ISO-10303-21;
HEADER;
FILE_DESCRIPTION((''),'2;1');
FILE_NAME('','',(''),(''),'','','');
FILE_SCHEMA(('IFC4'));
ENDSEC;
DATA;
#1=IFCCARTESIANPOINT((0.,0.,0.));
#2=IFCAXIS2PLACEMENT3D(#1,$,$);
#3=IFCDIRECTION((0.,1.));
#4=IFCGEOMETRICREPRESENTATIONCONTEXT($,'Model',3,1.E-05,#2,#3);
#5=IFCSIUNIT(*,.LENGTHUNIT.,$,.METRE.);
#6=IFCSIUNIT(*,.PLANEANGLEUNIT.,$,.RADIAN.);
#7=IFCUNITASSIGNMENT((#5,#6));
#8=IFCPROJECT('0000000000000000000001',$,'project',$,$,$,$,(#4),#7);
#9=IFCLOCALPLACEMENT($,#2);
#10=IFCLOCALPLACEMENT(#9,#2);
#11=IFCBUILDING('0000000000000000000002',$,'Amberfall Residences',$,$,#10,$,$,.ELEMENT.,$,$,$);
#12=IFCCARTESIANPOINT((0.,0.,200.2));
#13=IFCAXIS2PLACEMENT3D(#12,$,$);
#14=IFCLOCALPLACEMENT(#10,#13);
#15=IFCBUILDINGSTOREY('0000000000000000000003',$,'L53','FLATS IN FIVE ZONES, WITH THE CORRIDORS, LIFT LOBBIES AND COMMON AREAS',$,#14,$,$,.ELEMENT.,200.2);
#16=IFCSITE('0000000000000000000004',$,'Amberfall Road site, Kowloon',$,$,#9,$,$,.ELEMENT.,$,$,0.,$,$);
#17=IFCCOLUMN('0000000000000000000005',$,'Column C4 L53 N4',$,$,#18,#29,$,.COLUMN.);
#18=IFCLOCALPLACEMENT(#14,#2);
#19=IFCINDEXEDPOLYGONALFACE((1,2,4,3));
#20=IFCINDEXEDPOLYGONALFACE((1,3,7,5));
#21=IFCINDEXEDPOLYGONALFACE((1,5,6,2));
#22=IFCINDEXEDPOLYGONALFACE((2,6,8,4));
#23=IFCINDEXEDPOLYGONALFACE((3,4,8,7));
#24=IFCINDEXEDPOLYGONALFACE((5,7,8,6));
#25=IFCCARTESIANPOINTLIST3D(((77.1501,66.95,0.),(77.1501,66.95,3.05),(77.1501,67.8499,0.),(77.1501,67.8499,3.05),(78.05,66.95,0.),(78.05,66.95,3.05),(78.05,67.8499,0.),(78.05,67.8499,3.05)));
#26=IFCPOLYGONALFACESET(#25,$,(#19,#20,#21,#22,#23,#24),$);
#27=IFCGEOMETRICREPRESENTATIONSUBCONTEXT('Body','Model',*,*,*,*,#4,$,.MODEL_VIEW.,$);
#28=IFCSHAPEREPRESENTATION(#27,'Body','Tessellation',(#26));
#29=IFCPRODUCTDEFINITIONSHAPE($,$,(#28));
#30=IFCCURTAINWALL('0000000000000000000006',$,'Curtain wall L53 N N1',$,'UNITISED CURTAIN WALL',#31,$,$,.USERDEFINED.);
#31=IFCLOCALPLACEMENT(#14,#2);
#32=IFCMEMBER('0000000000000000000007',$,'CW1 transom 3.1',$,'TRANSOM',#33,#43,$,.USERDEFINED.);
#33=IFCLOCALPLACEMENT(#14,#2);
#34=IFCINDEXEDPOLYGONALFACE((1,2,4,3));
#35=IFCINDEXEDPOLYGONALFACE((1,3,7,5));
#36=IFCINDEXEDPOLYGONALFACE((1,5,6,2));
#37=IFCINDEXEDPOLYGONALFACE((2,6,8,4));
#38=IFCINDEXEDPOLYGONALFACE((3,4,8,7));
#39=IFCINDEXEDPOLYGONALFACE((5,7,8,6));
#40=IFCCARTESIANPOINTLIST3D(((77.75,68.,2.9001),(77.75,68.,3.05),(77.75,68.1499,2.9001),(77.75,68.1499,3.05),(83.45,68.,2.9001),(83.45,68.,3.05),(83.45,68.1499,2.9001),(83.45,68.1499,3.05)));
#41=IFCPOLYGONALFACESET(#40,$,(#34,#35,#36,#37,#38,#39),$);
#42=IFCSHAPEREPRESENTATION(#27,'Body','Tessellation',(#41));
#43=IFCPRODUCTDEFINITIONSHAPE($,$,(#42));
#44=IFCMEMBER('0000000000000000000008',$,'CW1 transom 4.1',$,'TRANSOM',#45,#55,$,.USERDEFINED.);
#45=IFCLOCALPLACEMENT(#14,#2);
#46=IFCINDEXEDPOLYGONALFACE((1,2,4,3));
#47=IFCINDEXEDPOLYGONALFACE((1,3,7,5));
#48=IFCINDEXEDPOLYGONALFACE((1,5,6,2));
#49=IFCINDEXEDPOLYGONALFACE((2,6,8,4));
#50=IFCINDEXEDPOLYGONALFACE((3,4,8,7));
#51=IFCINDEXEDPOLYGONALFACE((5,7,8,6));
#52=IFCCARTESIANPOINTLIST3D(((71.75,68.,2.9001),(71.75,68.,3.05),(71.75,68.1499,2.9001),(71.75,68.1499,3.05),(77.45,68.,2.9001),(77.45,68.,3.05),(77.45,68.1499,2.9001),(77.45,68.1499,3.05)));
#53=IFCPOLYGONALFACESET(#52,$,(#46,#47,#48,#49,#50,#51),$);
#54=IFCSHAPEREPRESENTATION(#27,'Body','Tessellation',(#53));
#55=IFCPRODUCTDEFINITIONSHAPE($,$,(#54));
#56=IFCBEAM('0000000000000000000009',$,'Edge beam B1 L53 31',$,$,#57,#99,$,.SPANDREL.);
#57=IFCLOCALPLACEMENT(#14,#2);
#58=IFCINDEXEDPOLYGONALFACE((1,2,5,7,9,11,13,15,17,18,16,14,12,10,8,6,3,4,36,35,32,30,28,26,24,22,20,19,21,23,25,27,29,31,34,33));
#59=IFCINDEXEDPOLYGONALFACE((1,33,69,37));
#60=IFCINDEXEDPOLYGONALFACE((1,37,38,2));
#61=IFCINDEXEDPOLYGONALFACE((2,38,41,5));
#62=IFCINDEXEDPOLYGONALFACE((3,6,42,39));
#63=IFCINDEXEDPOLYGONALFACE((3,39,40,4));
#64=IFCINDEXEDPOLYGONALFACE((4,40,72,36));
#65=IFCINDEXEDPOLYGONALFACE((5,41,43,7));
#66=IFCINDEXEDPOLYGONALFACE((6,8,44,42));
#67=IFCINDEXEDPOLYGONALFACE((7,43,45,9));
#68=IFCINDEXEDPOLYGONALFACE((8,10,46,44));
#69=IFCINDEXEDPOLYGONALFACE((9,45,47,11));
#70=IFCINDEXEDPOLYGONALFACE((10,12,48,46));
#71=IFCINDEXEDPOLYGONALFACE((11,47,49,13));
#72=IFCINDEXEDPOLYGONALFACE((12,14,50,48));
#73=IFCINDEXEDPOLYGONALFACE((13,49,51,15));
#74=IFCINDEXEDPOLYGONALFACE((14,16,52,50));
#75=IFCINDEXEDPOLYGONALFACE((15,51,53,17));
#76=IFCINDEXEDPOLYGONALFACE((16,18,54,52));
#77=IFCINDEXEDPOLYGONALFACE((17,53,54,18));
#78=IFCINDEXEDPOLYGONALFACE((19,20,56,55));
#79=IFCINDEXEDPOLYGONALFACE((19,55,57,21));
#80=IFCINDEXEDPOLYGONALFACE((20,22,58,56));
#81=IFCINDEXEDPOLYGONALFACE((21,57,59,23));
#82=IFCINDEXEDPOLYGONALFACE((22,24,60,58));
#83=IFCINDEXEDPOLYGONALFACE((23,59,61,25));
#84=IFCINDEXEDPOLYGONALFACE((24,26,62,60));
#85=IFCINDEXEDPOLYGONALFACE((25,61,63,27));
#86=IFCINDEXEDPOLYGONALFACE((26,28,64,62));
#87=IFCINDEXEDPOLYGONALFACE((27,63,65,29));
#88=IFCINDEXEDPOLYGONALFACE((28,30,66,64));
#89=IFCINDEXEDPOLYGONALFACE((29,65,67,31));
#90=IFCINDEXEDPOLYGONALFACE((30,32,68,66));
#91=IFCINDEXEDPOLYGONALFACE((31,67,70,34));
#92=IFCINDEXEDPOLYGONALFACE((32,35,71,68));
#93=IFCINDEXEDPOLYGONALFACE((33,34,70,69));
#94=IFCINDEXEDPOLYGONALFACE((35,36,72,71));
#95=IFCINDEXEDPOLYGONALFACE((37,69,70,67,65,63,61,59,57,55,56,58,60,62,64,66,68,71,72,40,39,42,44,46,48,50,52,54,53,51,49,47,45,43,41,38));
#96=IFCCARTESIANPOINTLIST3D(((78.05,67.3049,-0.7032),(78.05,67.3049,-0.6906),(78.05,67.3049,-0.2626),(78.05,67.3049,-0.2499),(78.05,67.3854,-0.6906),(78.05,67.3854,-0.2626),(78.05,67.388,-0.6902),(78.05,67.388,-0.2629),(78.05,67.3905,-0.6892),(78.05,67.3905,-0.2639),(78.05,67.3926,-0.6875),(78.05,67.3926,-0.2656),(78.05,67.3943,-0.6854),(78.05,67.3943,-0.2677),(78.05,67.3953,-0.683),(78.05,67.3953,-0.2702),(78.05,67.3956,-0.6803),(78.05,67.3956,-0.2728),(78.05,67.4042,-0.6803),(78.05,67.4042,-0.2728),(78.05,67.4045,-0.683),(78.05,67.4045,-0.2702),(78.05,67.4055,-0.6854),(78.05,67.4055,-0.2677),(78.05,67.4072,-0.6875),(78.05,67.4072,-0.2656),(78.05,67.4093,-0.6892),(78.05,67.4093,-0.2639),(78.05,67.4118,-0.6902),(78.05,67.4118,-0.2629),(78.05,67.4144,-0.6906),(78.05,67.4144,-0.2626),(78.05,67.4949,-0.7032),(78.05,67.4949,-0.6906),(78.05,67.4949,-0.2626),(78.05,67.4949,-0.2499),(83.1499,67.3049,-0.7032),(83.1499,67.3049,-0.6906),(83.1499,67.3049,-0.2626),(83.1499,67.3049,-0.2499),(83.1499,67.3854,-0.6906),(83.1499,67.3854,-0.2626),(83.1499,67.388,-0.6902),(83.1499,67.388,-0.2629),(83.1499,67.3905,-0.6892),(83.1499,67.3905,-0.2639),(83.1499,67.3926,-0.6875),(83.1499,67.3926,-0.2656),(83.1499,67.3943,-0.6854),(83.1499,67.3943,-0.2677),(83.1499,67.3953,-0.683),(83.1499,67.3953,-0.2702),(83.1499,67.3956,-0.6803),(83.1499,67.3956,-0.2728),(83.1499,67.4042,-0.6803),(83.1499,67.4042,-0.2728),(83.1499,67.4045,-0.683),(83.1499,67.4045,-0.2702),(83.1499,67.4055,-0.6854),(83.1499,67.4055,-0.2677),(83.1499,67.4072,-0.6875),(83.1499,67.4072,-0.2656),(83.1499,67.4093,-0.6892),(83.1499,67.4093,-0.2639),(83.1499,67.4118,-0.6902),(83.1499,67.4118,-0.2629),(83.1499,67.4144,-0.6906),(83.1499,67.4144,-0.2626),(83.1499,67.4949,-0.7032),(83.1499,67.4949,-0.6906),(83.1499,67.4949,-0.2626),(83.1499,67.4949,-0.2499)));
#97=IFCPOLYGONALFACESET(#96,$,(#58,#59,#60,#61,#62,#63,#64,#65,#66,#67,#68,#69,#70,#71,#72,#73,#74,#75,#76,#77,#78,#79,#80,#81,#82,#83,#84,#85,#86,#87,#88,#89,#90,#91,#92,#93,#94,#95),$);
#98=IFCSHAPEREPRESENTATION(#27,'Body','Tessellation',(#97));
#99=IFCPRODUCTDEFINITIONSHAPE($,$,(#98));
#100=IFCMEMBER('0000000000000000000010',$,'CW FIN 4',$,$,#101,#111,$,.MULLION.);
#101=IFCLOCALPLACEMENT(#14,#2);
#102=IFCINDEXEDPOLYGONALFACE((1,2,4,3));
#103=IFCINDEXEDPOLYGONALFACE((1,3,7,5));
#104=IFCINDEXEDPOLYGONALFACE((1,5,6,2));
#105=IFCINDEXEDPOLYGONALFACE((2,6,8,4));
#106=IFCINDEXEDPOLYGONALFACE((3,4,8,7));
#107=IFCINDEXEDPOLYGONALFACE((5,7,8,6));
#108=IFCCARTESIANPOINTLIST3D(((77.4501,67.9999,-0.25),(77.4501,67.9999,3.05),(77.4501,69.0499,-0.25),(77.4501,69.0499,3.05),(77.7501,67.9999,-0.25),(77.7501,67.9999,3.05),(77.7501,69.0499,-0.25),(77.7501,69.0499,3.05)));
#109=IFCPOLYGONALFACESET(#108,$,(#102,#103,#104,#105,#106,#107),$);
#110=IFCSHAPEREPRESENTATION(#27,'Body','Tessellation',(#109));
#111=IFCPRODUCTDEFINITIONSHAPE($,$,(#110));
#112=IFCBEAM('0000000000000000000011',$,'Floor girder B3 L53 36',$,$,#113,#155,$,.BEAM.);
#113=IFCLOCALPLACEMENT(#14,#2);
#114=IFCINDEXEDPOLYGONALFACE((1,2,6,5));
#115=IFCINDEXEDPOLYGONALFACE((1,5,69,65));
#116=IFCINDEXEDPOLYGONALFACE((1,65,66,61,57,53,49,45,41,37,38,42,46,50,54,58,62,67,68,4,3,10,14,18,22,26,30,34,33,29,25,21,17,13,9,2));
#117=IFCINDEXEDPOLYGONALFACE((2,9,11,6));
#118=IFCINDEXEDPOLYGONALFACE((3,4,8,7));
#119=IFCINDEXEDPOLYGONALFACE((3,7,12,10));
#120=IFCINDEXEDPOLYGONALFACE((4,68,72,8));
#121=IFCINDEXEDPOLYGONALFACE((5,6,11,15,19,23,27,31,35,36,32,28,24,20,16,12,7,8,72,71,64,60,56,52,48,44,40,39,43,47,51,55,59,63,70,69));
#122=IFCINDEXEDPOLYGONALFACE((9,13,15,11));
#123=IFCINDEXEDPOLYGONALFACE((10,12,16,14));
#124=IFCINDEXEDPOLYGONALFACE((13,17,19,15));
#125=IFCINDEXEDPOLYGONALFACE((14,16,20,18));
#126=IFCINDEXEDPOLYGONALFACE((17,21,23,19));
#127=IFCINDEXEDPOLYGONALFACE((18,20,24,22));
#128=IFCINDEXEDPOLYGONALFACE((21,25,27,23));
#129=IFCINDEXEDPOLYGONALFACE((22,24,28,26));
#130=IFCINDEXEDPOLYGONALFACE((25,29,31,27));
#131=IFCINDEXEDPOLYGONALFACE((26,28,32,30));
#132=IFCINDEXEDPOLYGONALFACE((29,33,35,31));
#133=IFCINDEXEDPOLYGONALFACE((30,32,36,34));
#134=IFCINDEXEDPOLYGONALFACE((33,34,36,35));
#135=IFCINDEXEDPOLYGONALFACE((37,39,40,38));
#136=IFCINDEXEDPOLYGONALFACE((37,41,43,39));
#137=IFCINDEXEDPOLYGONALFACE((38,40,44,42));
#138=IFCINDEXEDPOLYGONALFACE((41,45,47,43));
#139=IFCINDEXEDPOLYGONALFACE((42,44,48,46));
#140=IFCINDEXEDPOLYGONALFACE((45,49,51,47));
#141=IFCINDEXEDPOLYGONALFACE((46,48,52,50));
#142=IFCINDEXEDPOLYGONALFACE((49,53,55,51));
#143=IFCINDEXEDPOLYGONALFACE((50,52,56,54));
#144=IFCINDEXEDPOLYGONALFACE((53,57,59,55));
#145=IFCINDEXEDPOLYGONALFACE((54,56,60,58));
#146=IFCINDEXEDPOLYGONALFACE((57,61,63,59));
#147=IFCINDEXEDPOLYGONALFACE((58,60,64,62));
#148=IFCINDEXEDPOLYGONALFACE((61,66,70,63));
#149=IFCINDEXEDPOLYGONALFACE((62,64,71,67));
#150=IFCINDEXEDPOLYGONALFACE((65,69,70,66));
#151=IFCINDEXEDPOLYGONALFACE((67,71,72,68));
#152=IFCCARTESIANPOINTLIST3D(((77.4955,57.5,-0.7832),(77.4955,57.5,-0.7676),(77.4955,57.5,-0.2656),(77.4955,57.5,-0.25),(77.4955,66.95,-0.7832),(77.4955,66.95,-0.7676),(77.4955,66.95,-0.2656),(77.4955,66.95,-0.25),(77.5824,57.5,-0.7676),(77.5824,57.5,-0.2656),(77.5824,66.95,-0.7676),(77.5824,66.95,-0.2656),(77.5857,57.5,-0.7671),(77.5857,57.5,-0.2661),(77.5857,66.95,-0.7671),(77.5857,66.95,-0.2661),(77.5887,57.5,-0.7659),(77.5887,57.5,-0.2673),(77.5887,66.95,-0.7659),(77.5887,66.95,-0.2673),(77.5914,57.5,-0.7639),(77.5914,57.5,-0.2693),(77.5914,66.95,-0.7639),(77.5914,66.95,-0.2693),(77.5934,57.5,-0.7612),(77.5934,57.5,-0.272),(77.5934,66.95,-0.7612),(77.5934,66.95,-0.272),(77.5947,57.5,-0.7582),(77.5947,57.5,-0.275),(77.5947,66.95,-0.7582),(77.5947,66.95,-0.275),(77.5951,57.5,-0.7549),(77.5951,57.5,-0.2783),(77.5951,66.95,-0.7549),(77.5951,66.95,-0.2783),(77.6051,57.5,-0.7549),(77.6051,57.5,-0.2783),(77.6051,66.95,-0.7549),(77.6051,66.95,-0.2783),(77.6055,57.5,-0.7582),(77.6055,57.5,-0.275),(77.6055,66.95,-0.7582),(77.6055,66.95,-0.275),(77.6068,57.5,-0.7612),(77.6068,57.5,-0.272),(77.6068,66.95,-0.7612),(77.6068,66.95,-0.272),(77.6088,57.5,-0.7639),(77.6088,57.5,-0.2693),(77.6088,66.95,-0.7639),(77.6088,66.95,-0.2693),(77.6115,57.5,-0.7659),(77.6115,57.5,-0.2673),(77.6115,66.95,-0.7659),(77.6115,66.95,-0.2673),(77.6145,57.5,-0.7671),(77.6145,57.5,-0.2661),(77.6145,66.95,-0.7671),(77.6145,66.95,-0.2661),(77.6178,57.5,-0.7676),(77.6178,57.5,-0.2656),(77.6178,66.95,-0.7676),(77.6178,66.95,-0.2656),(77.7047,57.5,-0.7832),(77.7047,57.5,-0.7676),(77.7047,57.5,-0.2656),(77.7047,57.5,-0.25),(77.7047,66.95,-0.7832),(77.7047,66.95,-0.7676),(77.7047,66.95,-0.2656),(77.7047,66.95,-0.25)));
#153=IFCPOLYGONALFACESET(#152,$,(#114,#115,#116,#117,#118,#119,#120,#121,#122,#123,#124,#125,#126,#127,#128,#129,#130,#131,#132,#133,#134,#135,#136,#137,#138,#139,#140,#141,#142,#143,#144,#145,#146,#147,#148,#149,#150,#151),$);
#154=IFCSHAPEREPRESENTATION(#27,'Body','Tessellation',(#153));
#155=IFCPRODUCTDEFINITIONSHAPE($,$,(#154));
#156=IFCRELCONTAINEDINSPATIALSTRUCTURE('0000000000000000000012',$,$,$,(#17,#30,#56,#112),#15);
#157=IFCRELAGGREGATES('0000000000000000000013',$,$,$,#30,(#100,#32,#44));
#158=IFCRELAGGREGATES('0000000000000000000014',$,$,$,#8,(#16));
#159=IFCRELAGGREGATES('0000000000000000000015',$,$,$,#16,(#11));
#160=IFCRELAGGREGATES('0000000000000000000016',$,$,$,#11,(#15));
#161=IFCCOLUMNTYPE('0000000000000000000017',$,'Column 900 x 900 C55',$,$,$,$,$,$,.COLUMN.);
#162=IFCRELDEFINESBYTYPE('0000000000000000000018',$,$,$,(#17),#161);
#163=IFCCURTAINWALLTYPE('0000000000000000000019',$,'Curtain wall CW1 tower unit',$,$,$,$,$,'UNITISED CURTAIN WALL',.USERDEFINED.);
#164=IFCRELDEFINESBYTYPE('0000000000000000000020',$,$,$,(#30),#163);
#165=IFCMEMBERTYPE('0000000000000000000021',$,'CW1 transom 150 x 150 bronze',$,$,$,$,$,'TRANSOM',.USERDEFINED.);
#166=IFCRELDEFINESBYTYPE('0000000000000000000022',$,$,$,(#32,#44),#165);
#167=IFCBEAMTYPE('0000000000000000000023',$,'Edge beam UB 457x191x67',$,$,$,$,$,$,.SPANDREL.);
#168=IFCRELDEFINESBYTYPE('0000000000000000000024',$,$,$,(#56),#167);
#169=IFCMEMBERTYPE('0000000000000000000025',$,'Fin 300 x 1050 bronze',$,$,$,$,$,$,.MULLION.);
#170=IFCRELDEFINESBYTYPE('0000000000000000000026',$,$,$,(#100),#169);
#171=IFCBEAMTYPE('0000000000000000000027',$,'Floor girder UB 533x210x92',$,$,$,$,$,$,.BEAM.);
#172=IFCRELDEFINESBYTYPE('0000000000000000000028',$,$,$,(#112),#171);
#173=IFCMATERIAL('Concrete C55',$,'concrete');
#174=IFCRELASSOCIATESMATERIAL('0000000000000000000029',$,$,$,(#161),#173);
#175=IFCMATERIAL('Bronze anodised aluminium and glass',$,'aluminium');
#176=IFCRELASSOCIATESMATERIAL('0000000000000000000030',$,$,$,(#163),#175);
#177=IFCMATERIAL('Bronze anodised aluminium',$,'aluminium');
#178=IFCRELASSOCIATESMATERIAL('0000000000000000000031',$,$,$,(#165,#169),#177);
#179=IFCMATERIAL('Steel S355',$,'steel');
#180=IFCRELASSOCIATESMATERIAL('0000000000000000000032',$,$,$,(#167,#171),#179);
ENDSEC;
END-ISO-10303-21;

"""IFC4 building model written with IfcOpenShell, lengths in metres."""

from ifc_helpers import new_model, si_unit, direction, frame, origin, origin_2d, place, context, subcontext, project, spatial, rectangle, i_section, extrude, material, material_profile, profile_set, type_object, element, aggregate, save


model = new_model("IFC4")

# Units and contexts
model_context = context("Model", 3, precision=1e-05, world=origin(), true_north=direction((0.0, 1.0)))
body_context = subcontext(model_context, "Body", "Model", "MODEL_VIEW")
ifc_project = project(units=[si_unit("LENGTHUNIT", "METRE"), si_unit("PLANEANGLEUNIT", "RADIAN")], contexts=[model_context])

# Site, building, storey
site_placement = place(None, origin())
site = spatial("IfcSite", under=ifc_project, at=site_placement, Name="Amberfall Road site, Kowloon", CompositionType="ELEMENT", RefElevation=0.0)
building_placement = place(site_placement, origin())
building = spatial("IfcBuilding", under=site, at=building_placement, Name="Amberfall Residences", CompositionType="ELEMENT")
storey_placement = place(building_placement, frame((0.0, 0.0, 200.2)))
storey = spatial("IfcBuildingStorey", under=building, at=storey_placement, Name="L53", Description="FLATS IN FIVE ZONES, WITH THE CORRIDORS, LIFT LOBBIES AND COMMON AREAS", CompositionType="ELEMENT", Elevation=200.2)

# Column
ifc_material_1 = material(Name="Concrete C55", Category="concrete")
ifc_material_profile_1 = material_profile(ifc_material_1, rectangle(XDim=0.8999, YDim=0.8999, at=origin_2d()), Name="Column 900 x 900 C55")
ifc_profile_set_1 = profile_set([ifc_material_profile_1], Name="Concrete C55")
column_type = type_object("IfcColumnType", Name="Column 900 x 900 C55", PredefinedType="COLUMN", material=ifc_profile_set_1)
column_placement = place(storey_placement, frame((77.6001, 67.3999, 0.0), z_axis=(0.0, 0.0, 1.0), x_axis=(1.0, 0.0, 0.0)))
element("IfcColumn", 1, at=column_placement, inside=storey, type_object=column_type, Name="Column C4 L53 N4", PredefinedType="COLUMN", context=body_context, shape_type="SweptSolid", body=[
    extrude(rectangle(XDim=0.8999, YDim=0.8999, at=origin_2d()), origin(), (0.0, 0.0, 1.0), 3.05),
])

# Curtain wall, members
ifc_material_2 = material(Name="Bronze anodised aluminium and glass", Category="aluminium")
curtain_wall_type = type_object("IfcCurtainWallType", Name="Curtain wall CW1 tower unit", ElementType="UNITISED CURTAIN WALL", PredefinedType="USERDEFINED", material=ifc_material_2)
curtain_wall_placement = place(storey_placement, origin())
curtain_wall = element("IfcCurtainWall", 2, at=curtain_wall_placement, inside=storey, type_object=curtain_wall_type, Name="Curtain wall L53 N N1", ObjectType="UNITISED CURTAIN WALL", PredefinedType="USERDEFINED")
ifc_material_3 = material(Name="Bronze anodised aluminium", Category="aluminium")
ifc_material_profile_2 = material_profile(ifc_material_3, rectangle(XDim=0.1499, YDim=0.1499, at=origin_2d()), Name="CW1 transom 150 x 150 bronze")
ifc_profile_set_2 = profile_set([ifc_material_profile_2], Name="Bronze anodised aluminium")
member_type_1 = type_object("IfcMemberType", Name="CW1 transom 150 x 150 bronze", ElementType="TRANSOM", PredefinedType="USERDEFINED", material=ifc_profile_set_2)
member_1_placement = place(storey_placement, frame((83.45, 68.075, 2.9751), z_axis=(-1.0, 0.0, 0.0), x_axis=(0.0, -1.0, 0.0)))
member_1 = element("IfcMember", 3, at=member_1_placement, type_object=member_type_1, Name="CW1 transom 3.1", ObjectType="TRANSOM", PredefinedType="USERDEFINED", context=body_context, shape_type="SweptSolid", body=[
    extrude(rectangle(XDim=0.1499, YDim=0.1499, at=origin_2d()), origin(), (0.0, 0.0, 1.0), 5.7),
])
member_2_placement = place(storey_placement, frame((77.45, 68.075, 2.9751), z_axis=(-1.0, 0.0, 0.0), x_axis=(0.0, -1.0, 0.0)))
member_2 = element("IfcMember", 4, at=member_2_placement, type_object=member_type_1, Name="CW1 transom 4.1", ObjectType="TRANSOM", PredefinedType="USERDEFINED", context=body_context, shape_type="SweptSolid", body=[
    extrude(rectangle(XDim=0.1499, YDim=0.1499, at=origin_2d()), origin(), (0.0, 0.0, 1.0), 5.7),
])

# Beam
ifc_material_4 = material(Name="Steel S355", Category="steel")
ifc_material_profile_3 = material_profile(ifc_material_4, i_section(OverallWidth=0.1899, OverallDepth=0.4534, WebThickness=0.0085, FlangeThickness=0.0127, FilletRadius=0.0103, at=origin_2d()), Name="UB 457x191x67")
ifc_profile_set_3 = profile_set([ifc_material_profile_3], Name="Steel S355")
beam_type_1 = type_object("IfcBeamType", Name="Edge beam UB 457x191x67", PredefinedType="SPANDREL", material=ifc_profile_set_3)
beam_placement = place(storey_placement, frame((78.05, 67.3999, -0.4766), z_axis=(1.0, 0.0, 0.0), x_axis=(0.0, 1.0, 0.0)))
element("IfcBeam", 5, at=beam_placement, inside=storey, type_object=beam_type_1, Name="Edge beam B1 L53 31", PredefinedType="SPANDREL", context=body_context, shape_type="SweptSolid", body=[
    extrude(i_section(OverallWidth=0.1899, OverallDepth=0.4534, WebThickness=0.0085, FlangeThickness=0.0127, FilletRadius=0.0103, at=origin_2d()), origin(), (0.0, 0.0, 1.0), 5.0999),
])

# Member
ifc_material_profile_4 = material_profile(ifc_material_3, rectangle(XDim=1.05, YDim=0.3, at=origin_2d()), Name="Fin 300 x 1050 bronze")
ifc_profile_set_4 = profile_set([ifc_material_profile_4], Name="Bronze anodised aluminium")
member_type_2 = type_object("IfcMemberType", Name="Fin 300 x 1050 bronze", PredefinedType="MULLION", material=ifc_profile_set_4)
member_3_placement = place(storey_placement, frame((77.6001, 68.5249, -0.25), z_axis=(0.0, 0.0, 1.0), x_axis=(0.0, -1.0, 0.0)))
member_3 = element("IfcMember", 6, at=member_3_placement, type_object=member_type_2, Name="CW FIN 4", PredefinedType="MULLION", context=body_context, shape_type="SweptSolid", body=[
    extrude(rectangle(XDim=1.05, YDim=0.3, at=origin_2d()), origin(), (0.0, 0.0, 1.0), 3.3),
])

# Beam
ifc_material_profile_5 = material_profile(ifc_material_4, i_section(OverallWidth=0.2092, OverallDepth=0.5332, WebThickness=0.01, FlangeThickness=0.0156, FilletRadius=0.0127, at=origin_2d()), Name="UB 533x210x92")
ifc_profile_set_5 = profile_set([ifc_material_profile_5], Name="Steel S355")
beam_type_2 = type_object("IfcBeamType", Name="Floor girder UB 533x210x92", PredefinedType="BEAM", material=ifc_profile_set_5)
for number, where, z_axis, x_axis, name in (
    (7, (77.6001, 66.95, -0.5166), (0.0, -1.0, 0.0), (1.0, 0.0, 0.0), "Floor girder B3 L53 36"),
):
    element("IfcBeam", number, at=place(storey_placement, frame(where, z_axis=z_axis, x_axis=x_axis)), inside=storey, type_object=beam_type_2, Name=name, PredefinedType="BEAM", context=body_context, shape_type="SweptSolid", body=[
        extrude(i_section(OverallWidth=0.2092, OverallDepth=0.5332, WebThickness=0.01, FlangeThickness=0.0156, FilletRadius=0.0127, at=origin_2d()), origin(), (0.0, 0.0, 1.0), 9.45),
    ])

aggregate(curtain_wall, [member_3, member_1, member_2])

save(model, "model.ifc")
